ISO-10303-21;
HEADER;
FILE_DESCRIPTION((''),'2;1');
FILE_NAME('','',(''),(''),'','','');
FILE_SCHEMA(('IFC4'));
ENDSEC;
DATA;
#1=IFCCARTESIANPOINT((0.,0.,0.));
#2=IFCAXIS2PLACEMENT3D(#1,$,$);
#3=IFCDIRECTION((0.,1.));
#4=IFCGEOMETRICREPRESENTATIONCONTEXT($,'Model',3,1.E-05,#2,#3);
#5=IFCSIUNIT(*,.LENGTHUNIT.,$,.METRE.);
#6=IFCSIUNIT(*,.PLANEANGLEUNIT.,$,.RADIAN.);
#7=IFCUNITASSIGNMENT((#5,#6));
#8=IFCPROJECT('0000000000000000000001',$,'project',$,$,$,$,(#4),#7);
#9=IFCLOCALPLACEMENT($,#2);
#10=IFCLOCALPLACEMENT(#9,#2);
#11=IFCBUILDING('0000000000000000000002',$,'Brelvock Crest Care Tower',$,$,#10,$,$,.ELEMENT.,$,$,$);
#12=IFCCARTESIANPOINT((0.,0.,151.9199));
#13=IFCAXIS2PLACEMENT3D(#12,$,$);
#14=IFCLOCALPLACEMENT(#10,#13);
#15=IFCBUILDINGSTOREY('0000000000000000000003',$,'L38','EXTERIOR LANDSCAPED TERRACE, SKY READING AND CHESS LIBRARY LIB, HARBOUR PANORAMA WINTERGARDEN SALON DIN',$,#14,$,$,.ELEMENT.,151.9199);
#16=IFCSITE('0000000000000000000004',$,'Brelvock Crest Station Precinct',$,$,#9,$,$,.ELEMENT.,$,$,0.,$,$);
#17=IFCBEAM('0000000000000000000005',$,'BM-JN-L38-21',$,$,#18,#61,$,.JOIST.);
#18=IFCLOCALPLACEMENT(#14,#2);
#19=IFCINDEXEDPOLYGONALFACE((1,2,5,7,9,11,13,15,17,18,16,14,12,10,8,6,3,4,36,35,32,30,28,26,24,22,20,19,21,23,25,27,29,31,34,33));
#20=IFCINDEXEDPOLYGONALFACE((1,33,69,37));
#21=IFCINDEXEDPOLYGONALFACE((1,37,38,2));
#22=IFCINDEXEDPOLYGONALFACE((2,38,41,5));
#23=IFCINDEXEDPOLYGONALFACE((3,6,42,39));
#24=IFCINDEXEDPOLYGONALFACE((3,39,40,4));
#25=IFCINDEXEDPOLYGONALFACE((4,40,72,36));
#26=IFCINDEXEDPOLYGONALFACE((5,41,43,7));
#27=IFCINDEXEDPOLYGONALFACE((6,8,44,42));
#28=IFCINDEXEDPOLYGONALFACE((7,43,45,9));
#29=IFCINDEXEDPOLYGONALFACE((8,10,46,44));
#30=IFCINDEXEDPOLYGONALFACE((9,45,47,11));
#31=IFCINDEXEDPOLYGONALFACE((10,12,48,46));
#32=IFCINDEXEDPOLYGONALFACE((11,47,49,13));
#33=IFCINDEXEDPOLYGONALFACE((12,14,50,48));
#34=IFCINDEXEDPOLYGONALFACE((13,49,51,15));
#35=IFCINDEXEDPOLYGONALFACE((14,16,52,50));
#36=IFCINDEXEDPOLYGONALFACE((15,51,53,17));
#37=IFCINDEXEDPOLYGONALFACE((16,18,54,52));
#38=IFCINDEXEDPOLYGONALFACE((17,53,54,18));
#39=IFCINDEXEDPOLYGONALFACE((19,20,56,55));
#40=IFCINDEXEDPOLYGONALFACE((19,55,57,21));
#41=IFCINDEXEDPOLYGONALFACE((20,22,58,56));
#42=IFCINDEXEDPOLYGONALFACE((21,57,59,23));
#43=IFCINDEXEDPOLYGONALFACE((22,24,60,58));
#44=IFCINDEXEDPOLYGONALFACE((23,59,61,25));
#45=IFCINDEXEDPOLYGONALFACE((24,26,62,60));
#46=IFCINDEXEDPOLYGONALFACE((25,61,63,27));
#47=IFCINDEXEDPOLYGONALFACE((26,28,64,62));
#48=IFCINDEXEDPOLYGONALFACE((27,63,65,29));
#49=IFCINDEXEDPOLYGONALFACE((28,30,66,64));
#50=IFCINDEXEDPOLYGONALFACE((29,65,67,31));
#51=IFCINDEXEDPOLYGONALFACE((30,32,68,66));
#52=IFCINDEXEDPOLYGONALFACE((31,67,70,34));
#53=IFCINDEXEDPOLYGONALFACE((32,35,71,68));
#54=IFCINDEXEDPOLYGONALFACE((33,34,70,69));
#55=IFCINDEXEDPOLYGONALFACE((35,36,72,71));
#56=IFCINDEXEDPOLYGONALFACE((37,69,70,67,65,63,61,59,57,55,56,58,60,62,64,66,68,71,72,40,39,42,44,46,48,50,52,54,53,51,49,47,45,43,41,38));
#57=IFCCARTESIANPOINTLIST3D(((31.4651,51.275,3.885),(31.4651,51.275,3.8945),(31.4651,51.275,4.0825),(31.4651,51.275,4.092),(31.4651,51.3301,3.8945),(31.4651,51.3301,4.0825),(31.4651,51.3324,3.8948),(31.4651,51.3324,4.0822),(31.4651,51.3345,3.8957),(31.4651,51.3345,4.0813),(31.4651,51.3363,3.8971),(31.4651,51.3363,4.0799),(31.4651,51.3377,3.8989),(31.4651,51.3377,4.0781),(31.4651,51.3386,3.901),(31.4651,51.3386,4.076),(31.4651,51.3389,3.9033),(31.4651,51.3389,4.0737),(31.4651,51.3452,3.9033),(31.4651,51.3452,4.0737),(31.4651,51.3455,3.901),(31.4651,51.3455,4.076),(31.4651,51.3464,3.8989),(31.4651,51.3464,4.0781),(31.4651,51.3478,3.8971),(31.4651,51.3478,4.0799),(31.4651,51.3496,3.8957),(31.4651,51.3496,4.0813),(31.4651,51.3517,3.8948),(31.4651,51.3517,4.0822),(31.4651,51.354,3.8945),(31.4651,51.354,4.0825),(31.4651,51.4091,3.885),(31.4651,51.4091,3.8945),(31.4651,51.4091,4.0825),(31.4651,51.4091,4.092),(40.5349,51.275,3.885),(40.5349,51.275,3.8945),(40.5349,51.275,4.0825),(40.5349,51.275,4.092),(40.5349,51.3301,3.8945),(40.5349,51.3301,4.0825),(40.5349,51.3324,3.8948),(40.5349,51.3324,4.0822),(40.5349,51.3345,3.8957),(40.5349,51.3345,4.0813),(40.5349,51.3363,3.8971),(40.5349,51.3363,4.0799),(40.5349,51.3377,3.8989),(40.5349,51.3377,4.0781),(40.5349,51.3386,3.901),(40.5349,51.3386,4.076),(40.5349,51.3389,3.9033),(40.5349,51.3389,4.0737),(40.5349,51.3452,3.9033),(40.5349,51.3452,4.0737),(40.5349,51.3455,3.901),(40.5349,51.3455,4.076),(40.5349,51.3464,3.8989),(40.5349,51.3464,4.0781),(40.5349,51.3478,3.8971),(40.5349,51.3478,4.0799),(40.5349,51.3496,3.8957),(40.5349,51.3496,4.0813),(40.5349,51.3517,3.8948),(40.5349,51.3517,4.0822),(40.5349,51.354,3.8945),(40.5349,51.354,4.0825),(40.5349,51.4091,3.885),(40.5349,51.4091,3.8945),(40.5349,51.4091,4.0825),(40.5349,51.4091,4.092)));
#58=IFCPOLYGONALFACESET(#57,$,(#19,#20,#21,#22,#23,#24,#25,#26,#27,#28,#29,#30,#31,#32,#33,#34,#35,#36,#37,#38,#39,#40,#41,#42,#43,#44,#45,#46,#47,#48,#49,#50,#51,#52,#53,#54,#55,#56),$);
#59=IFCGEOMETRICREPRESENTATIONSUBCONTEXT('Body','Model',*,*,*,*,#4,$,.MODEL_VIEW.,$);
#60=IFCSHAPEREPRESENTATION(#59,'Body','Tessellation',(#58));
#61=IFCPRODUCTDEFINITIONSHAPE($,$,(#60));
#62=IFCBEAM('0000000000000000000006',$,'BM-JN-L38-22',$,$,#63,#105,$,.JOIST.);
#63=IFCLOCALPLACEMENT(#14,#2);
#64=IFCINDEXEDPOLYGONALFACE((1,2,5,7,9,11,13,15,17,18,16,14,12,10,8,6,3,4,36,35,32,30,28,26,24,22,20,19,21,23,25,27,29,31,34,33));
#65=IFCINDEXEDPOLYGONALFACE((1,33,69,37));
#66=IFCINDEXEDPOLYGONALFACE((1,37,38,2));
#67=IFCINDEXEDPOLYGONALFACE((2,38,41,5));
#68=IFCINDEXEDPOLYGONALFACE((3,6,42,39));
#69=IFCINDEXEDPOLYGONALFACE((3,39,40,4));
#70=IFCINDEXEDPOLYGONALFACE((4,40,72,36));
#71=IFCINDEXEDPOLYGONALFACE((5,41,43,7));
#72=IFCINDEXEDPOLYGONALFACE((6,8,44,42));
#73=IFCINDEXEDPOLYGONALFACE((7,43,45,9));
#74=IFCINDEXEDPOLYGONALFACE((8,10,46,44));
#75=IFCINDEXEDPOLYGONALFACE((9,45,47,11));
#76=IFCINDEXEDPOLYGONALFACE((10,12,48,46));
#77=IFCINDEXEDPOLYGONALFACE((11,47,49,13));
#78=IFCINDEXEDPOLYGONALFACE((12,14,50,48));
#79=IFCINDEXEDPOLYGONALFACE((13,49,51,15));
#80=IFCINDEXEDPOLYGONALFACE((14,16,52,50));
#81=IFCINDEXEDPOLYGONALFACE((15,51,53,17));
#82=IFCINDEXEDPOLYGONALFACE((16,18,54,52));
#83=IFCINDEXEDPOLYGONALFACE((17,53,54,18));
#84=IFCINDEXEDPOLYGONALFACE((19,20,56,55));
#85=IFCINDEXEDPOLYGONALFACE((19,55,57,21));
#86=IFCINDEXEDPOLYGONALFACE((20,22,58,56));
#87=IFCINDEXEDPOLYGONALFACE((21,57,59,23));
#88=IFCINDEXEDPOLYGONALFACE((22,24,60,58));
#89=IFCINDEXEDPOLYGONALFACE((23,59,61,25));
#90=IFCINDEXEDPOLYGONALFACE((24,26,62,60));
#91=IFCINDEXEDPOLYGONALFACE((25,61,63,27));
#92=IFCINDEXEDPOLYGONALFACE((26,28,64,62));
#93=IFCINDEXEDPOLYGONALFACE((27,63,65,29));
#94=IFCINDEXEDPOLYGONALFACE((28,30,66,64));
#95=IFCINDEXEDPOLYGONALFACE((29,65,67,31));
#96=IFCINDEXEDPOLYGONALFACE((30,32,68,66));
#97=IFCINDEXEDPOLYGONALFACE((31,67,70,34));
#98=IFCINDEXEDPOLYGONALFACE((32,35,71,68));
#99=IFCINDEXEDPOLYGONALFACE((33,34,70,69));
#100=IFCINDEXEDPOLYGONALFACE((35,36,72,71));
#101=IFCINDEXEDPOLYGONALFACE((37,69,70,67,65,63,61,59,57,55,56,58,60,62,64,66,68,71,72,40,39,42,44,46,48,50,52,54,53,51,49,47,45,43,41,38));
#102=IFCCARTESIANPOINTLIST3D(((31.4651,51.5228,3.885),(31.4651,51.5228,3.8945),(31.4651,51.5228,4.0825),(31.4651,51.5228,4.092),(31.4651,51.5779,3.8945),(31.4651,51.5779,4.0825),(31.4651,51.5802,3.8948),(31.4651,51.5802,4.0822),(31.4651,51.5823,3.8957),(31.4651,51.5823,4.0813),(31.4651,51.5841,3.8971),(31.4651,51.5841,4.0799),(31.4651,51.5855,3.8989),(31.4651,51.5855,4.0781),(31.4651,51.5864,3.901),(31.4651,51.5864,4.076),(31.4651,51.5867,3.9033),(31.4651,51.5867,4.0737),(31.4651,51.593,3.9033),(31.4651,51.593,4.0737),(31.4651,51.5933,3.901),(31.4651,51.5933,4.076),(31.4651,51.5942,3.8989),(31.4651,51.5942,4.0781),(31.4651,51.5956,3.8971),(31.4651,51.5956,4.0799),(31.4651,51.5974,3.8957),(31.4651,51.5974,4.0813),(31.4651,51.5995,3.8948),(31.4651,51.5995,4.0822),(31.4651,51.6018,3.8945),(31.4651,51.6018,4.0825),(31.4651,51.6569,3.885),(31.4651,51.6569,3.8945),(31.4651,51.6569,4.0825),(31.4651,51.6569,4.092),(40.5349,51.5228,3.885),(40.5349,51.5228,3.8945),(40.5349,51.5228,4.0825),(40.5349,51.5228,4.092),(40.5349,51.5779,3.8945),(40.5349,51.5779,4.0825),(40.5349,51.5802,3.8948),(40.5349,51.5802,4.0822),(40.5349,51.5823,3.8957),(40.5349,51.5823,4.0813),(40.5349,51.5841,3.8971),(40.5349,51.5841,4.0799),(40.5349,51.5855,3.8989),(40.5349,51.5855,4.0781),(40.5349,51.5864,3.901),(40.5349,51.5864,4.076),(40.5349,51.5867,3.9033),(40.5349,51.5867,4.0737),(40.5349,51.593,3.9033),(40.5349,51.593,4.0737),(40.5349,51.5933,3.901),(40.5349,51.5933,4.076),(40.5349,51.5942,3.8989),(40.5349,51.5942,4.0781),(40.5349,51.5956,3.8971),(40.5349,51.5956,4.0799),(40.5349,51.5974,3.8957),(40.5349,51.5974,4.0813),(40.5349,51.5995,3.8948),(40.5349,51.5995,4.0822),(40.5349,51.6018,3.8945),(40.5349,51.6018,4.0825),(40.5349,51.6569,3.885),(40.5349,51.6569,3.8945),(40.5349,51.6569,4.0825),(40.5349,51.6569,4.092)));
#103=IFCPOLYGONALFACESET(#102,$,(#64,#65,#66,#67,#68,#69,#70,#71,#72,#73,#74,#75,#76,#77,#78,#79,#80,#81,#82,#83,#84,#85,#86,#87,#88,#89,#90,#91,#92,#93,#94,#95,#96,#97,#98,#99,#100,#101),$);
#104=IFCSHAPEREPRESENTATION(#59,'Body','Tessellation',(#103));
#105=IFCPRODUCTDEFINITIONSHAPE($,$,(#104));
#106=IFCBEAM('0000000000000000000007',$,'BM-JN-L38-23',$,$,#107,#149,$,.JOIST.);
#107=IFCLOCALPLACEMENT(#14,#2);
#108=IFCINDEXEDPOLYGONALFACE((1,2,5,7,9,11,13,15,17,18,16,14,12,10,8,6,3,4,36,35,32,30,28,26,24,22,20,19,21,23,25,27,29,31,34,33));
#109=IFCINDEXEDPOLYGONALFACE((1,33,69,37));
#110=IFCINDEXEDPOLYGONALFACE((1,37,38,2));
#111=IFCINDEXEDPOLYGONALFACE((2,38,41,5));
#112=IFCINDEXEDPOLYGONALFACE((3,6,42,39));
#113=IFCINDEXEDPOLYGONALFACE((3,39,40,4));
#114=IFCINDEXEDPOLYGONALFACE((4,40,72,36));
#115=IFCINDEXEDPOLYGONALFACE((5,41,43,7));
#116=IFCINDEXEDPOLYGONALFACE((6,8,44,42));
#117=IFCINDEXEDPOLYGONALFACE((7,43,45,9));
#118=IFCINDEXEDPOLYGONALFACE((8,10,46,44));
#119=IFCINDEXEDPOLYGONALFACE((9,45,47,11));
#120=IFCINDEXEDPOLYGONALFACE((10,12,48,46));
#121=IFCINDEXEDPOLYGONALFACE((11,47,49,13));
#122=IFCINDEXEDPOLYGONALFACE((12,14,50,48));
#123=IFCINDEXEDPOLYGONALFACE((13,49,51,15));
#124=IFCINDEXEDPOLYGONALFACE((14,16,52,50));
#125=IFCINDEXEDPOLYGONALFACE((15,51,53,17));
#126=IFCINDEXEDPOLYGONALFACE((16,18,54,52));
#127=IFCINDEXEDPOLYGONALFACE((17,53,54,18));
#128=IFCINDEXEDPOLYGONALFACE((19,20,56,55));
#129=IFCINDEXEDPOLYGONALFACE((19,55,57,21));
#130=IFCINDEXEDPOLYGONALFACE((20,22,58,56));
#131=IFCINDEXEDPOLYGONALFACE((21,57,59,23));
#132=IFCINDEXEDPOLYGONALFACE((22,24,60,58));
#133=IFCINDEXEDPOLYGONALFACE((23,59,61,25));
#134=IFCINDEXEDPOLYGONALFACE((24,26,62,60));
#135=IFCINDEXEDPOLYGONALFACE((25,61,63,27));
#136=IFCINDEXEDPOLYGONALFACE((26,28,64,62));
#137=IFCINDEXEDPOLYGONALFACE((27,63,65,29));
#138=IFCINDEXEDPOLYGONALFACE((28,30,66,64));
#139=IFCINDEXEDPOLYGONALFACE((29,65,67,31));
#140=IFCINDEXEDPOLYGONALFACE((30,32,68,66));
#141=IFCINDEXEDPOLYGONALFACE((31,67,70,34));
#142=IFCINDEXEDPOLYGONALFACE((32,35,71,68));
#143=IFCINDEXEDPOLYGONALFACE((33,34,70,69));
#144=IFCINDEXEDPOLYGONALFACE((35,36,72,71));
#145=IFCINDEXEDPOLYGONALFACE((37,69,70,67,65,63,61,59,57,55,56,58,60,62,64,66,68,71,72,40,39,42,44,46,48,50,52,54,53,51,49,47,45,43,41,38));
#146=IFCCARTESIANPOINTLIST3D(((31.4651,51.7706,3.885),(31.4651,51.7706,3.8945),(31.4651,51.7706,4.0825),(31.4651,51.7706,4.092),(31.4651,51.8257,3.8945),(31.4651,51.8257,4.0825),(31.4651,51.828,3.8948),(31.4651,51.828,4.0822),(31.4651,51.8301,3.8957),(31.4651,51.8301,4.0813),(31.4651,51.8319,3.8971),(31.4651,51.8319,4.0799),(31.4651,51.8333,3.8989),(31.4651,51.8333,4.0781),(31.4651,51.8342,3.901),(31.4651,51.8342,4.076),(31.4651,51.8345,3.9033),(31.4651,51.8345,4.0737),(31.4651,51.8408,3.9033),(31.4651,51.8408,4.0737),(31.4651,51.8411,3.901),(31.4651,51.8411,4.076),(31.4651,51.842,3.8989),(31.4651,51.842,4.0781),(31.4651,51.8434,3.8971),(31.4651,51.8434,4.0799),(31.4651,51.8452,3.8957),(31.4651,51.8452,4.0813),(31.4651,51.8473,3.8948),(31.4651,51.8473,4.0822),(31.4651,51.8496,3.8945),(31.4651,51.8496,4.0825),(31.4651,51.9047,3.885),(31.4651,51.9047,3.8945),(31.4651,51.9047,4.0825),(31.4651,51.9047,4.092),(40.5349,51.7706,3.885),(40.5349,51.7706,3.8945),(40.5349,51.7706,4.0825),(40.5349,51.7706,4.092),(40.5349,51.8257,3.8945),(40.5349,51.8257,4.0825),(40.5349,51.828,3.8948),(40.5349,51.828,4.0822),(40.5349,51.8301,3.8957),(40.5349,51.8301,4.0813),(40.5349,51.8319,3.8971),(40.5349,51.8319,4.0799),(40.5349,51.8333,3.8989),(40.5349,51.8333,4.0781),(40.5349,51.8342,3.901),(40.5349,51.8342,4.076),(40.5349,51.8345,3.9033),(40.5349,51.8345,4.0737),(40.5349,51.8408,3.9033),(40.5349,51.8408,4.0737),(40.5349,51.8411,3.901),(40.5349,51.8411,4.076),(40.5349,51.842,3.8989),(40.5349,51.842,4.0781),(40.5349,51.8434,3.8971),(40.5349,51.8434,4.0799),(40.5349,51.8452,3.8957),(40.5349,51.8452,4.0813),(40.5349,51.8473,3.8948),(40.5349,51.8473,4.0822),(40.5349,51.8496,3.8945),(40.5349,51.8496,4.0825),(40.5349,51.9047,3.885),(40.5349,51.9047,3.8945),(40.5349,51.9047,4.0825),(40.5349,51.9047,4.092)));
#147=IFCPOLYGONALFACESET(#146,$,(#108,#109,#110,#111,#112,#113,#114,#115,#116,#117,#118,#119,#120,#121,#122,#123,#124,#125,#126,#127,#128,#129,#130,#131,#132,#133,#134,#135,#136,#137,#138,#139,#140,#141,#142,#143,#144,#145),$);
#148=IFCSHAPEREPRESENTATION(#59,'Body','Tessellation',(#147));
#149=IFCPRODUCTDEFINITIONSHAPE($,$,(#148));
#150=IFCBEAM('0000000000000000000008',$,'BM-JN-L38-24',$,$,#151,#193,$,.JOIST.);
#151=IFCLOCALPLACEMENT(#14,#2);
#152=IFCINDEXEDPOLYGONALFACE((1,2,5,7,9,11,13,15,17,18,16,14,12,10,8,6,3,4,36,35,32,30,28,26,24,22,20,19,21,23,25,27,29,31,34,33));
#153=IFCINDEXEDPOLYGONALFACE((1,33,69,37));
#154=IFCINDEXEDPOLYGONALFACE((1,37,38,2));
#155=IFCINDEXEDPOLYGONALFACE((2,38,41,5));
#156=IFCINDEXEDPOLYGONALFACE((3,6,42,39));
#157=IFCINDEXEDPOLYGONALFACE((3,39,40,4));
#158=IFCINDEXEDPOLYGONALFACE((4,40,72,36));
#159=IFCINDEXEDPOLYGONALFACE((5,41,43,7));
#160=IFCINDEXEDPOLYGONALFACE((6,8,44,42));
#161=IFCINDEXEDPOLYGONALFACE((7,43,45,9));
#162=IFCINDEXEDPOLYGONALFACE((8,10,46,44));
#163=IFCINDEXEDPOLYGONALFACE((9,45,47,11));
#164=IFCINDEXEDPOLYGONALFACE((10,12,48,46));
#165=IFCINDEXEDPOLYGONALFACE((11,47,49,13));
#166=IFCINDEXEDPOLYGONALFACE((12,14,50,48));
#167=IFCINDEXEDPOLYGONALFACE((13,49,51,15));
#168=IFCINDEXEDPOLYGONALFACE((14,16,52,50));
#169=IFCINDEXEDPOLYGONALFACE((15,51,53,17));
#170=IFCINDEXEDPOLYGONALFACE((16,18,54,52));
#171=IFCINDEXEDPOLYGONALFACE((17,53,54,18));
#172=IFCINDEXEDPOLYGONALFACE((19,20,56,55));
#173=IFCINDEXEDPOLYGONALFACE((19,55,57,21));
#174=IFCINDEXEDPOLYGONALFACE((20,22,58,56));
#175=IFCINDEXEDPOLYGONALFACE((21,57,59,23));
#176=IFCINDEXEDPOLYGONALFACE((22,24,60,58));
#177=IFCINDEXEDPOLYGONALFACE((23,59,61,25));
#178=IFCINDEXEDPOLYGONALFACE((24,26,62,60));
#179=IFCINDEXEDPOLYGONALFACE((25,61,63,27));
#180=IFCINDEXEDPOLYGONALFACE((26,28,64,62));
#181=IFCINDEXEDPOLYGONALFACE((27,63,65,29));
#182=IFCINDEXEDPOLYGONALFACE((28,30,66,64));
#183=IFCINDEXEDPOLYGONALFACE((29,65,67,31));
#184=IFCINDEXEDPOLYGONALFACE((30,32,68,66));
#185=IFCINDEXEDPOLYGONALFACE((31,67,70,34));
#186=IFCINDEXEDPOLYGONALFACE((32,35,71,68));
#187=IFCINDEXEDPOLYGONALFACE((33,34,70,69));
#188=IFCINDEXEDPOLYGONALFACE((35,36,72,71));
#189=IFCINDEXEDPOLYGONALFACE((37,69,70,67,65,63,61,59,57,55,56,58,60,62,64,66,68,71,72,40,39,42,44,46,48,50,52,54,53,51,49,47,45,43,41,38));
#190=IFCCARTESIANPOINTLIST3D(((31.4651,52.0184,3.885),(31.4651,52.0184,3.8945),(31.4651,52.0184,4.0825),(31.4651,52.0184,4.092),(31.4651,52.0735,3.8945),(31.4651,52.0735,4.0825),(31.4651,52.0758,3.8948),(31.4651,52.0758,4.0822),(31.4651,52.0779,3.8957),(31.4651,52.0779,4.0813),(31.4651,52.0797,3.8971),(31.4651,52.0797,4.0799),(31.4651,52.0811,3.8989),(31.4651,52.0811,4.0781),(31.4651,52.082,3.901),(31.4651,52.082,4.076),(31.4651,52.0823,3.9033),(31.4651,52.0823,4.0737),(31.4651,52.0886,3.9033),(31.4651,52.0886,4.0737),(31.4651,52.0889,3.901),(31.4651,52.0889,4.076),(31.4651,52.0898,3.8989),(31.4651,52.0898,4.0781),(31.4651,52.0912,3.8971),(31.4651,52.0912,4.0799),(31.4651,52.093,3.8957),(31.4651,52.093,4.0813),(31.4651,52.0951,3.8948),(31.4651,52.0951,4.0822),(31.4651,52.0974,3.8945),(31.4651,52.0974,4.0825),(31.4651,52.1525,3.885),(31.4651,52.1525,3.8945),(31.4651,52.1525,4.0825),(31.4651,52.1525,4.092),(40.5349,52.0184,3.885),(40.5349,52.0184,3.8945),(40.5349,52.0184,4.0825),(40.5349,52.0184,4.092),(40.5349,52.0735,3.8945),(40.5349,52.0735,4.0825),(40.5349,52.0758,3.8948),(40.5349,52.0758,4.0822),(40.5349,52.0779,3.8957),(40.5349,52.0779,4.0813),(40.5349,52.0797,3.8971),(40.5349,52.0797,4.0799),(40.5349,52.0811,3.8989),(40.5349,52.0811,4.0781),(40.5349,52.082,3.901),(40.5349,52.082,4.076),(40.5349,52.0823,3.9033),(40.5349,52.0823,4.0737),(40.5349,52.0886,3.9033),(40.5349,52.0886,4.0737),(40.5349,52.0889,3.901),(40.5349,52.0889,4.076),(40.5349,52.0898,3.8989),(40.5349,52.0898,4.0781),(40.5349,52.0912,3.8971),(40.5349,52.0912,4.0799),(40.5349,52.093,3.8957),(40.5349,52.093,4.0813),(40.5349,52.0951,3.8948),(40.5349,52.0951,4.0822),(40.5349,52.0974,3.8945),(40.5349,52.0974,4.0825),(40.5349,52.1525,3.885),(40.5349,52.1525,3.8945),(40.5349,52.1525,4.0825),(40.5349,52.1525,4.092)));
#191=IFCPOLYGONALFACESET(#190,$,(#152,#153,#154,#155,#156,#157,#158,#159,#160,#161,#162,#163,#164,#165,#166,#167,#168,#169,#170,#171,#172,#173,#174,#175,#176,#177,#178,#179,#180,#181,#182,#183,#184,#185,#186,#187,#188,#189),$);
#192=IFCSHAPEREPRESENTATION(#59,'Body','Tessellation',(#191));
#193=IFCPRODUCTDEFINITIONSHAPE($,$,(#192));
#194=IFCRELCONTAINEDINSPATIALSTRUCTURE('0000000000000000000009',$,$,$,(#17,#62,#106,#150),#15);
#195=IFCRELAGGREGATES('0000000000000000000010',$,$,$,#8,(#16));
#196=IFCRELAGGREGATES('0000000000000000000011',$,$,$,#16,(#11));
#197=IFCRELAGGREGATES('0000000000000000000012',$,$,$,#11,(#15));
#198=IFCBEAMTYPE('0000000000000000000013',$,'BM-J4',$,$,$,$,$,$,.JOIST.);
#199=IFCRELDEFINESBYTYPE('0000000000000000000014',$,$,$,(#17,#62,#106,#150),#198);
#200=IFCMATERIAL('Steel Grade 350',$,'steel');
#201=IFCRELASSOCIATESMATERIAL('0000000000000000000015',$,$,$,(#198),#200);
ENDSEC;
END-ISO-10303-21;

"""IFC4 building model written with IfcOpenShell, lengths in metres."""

from ifc_helpers import new_model, si_unit, direction, frame, origin, origin_2d, place, context, subcontext, project, spatial, i_section, extrude, source, transform, mapped, material, material_profile, profile_set, type_object, element, save


model = new_model("IFC4")

# Units and contexts
model_context = context("Model", 3, precision=1e-05, world=origin(), true_north=direction((0.0, 1.0)))
body_context = subcontext(model_context, "Body", "Model", "MODEL_VIEW")
ifc_project = project(units=[si_unit("LENGTHUNIT", "METRE"), si_unit("PLANEANGLEUNIT", "RADIAN")], contexts=[model_context])

# Site, building, storey
site_placement = place(None, origin())
site = spatial("IfcSite", under=ifc_project, at=site_placement, Name="Brelvock Crest Station Precinct", CompositionType="ELEMENT", RefElevation=0.0)
building_placement = place(site_placement, origin())
building = spatial("IfcBuilding", under=site, at=building_placement, Name="Brelvock Crest Care Tower", CompositionType="ELEMENT")
storey_placement = place(building_placement, frame((0.0, 0.0, 151.9199)))
storey = spatial("IfcBuildingStorey", under=building, at=storey_placement, Name="L38", Description="EXTERIOR LANDSCAPED TERRACE, SKY READING AND CHESS LIBRARY LIB, HARBOUR PANORAMA WINTERGARDEN SALON DIN", CompositionType="ELEMENT", Elevation=151.9199)

# Shared definitions
ifc_material_1 = material(Name="Steel Grade 350", Category="steel")

# Beams
ifc_material_profile_1 = material_profile(ifc_material_1, i_section(OverallWidth=0.134, OverallDepth=0.207, WebThickness=0.0063, FlangeThickness=0.0095, FilletRadius=0.0088, at=origin_2d()), Name="200UB29.8")
ifc_profile_set_1 = profile_set([ifc_material_profile_1], Name="Steel Grade 350")
beam_type_1 = type_object("IfcBeamType", Name="BM-J4", PredefinedType="JOIST", material=ifc_profile_set_1)
shared_shape_1 = source(origin(), body_context, "Body", "SweptSolid", [
    extrude(i_section(OverallWidth=0.134, OverallDepth=0.207, WebThickness=0.0063, FlangeThickness=0.0095, FilletRadius=0.0088, at=origin_2d()), origin(), (0.0, 0.0, 1.0), 9.0698),
])
for number, where, z_axis, x_axis, name in (
    (1, (31.4651, 51.342, 3.9885), (1.0, 0.0, 0.0), (0.0, 1.0, 0.0), "BM-JN-L38-21"),
    (2, (31.4651, 51.5898, 3.9885), (1.0, 0.0, 0.0), (0.0, 1.0, 0.0), "BM-JN-L38-22"),
    (3, (31.4651, 51.8376, 3.9885), (1.0, 0.0, 0.0), (0.0, 1.0, 0.0), "BM-JN-L38-23"),
    (4, (31.4651, 52.0854, 3.9885), (1.0, 0.0, 0.0), (0.0, 1.0, 0.0), "BM-JN-L38-24"),
):
    element("IfcBeam", number, at=place(storey_placement, frame(where, z_axis=z_axis, x_axis=x_axis)), inside=storey, type_object=beam_type_1, Name=name, PredefinedType="JOIST", context=body_context, shape_type="MappedRepresentation", body=[
        mapped(shared_shape_1, transform((0.0, 0.0, 0.0), x_axis=(1.0, 0.0, 0.0), y_axis=(0.0, 1.0, 0.0), z_axis=(0.0, 0.0, 1.0), scale=1.0)),
    ])

save(model, "model.ifc")
